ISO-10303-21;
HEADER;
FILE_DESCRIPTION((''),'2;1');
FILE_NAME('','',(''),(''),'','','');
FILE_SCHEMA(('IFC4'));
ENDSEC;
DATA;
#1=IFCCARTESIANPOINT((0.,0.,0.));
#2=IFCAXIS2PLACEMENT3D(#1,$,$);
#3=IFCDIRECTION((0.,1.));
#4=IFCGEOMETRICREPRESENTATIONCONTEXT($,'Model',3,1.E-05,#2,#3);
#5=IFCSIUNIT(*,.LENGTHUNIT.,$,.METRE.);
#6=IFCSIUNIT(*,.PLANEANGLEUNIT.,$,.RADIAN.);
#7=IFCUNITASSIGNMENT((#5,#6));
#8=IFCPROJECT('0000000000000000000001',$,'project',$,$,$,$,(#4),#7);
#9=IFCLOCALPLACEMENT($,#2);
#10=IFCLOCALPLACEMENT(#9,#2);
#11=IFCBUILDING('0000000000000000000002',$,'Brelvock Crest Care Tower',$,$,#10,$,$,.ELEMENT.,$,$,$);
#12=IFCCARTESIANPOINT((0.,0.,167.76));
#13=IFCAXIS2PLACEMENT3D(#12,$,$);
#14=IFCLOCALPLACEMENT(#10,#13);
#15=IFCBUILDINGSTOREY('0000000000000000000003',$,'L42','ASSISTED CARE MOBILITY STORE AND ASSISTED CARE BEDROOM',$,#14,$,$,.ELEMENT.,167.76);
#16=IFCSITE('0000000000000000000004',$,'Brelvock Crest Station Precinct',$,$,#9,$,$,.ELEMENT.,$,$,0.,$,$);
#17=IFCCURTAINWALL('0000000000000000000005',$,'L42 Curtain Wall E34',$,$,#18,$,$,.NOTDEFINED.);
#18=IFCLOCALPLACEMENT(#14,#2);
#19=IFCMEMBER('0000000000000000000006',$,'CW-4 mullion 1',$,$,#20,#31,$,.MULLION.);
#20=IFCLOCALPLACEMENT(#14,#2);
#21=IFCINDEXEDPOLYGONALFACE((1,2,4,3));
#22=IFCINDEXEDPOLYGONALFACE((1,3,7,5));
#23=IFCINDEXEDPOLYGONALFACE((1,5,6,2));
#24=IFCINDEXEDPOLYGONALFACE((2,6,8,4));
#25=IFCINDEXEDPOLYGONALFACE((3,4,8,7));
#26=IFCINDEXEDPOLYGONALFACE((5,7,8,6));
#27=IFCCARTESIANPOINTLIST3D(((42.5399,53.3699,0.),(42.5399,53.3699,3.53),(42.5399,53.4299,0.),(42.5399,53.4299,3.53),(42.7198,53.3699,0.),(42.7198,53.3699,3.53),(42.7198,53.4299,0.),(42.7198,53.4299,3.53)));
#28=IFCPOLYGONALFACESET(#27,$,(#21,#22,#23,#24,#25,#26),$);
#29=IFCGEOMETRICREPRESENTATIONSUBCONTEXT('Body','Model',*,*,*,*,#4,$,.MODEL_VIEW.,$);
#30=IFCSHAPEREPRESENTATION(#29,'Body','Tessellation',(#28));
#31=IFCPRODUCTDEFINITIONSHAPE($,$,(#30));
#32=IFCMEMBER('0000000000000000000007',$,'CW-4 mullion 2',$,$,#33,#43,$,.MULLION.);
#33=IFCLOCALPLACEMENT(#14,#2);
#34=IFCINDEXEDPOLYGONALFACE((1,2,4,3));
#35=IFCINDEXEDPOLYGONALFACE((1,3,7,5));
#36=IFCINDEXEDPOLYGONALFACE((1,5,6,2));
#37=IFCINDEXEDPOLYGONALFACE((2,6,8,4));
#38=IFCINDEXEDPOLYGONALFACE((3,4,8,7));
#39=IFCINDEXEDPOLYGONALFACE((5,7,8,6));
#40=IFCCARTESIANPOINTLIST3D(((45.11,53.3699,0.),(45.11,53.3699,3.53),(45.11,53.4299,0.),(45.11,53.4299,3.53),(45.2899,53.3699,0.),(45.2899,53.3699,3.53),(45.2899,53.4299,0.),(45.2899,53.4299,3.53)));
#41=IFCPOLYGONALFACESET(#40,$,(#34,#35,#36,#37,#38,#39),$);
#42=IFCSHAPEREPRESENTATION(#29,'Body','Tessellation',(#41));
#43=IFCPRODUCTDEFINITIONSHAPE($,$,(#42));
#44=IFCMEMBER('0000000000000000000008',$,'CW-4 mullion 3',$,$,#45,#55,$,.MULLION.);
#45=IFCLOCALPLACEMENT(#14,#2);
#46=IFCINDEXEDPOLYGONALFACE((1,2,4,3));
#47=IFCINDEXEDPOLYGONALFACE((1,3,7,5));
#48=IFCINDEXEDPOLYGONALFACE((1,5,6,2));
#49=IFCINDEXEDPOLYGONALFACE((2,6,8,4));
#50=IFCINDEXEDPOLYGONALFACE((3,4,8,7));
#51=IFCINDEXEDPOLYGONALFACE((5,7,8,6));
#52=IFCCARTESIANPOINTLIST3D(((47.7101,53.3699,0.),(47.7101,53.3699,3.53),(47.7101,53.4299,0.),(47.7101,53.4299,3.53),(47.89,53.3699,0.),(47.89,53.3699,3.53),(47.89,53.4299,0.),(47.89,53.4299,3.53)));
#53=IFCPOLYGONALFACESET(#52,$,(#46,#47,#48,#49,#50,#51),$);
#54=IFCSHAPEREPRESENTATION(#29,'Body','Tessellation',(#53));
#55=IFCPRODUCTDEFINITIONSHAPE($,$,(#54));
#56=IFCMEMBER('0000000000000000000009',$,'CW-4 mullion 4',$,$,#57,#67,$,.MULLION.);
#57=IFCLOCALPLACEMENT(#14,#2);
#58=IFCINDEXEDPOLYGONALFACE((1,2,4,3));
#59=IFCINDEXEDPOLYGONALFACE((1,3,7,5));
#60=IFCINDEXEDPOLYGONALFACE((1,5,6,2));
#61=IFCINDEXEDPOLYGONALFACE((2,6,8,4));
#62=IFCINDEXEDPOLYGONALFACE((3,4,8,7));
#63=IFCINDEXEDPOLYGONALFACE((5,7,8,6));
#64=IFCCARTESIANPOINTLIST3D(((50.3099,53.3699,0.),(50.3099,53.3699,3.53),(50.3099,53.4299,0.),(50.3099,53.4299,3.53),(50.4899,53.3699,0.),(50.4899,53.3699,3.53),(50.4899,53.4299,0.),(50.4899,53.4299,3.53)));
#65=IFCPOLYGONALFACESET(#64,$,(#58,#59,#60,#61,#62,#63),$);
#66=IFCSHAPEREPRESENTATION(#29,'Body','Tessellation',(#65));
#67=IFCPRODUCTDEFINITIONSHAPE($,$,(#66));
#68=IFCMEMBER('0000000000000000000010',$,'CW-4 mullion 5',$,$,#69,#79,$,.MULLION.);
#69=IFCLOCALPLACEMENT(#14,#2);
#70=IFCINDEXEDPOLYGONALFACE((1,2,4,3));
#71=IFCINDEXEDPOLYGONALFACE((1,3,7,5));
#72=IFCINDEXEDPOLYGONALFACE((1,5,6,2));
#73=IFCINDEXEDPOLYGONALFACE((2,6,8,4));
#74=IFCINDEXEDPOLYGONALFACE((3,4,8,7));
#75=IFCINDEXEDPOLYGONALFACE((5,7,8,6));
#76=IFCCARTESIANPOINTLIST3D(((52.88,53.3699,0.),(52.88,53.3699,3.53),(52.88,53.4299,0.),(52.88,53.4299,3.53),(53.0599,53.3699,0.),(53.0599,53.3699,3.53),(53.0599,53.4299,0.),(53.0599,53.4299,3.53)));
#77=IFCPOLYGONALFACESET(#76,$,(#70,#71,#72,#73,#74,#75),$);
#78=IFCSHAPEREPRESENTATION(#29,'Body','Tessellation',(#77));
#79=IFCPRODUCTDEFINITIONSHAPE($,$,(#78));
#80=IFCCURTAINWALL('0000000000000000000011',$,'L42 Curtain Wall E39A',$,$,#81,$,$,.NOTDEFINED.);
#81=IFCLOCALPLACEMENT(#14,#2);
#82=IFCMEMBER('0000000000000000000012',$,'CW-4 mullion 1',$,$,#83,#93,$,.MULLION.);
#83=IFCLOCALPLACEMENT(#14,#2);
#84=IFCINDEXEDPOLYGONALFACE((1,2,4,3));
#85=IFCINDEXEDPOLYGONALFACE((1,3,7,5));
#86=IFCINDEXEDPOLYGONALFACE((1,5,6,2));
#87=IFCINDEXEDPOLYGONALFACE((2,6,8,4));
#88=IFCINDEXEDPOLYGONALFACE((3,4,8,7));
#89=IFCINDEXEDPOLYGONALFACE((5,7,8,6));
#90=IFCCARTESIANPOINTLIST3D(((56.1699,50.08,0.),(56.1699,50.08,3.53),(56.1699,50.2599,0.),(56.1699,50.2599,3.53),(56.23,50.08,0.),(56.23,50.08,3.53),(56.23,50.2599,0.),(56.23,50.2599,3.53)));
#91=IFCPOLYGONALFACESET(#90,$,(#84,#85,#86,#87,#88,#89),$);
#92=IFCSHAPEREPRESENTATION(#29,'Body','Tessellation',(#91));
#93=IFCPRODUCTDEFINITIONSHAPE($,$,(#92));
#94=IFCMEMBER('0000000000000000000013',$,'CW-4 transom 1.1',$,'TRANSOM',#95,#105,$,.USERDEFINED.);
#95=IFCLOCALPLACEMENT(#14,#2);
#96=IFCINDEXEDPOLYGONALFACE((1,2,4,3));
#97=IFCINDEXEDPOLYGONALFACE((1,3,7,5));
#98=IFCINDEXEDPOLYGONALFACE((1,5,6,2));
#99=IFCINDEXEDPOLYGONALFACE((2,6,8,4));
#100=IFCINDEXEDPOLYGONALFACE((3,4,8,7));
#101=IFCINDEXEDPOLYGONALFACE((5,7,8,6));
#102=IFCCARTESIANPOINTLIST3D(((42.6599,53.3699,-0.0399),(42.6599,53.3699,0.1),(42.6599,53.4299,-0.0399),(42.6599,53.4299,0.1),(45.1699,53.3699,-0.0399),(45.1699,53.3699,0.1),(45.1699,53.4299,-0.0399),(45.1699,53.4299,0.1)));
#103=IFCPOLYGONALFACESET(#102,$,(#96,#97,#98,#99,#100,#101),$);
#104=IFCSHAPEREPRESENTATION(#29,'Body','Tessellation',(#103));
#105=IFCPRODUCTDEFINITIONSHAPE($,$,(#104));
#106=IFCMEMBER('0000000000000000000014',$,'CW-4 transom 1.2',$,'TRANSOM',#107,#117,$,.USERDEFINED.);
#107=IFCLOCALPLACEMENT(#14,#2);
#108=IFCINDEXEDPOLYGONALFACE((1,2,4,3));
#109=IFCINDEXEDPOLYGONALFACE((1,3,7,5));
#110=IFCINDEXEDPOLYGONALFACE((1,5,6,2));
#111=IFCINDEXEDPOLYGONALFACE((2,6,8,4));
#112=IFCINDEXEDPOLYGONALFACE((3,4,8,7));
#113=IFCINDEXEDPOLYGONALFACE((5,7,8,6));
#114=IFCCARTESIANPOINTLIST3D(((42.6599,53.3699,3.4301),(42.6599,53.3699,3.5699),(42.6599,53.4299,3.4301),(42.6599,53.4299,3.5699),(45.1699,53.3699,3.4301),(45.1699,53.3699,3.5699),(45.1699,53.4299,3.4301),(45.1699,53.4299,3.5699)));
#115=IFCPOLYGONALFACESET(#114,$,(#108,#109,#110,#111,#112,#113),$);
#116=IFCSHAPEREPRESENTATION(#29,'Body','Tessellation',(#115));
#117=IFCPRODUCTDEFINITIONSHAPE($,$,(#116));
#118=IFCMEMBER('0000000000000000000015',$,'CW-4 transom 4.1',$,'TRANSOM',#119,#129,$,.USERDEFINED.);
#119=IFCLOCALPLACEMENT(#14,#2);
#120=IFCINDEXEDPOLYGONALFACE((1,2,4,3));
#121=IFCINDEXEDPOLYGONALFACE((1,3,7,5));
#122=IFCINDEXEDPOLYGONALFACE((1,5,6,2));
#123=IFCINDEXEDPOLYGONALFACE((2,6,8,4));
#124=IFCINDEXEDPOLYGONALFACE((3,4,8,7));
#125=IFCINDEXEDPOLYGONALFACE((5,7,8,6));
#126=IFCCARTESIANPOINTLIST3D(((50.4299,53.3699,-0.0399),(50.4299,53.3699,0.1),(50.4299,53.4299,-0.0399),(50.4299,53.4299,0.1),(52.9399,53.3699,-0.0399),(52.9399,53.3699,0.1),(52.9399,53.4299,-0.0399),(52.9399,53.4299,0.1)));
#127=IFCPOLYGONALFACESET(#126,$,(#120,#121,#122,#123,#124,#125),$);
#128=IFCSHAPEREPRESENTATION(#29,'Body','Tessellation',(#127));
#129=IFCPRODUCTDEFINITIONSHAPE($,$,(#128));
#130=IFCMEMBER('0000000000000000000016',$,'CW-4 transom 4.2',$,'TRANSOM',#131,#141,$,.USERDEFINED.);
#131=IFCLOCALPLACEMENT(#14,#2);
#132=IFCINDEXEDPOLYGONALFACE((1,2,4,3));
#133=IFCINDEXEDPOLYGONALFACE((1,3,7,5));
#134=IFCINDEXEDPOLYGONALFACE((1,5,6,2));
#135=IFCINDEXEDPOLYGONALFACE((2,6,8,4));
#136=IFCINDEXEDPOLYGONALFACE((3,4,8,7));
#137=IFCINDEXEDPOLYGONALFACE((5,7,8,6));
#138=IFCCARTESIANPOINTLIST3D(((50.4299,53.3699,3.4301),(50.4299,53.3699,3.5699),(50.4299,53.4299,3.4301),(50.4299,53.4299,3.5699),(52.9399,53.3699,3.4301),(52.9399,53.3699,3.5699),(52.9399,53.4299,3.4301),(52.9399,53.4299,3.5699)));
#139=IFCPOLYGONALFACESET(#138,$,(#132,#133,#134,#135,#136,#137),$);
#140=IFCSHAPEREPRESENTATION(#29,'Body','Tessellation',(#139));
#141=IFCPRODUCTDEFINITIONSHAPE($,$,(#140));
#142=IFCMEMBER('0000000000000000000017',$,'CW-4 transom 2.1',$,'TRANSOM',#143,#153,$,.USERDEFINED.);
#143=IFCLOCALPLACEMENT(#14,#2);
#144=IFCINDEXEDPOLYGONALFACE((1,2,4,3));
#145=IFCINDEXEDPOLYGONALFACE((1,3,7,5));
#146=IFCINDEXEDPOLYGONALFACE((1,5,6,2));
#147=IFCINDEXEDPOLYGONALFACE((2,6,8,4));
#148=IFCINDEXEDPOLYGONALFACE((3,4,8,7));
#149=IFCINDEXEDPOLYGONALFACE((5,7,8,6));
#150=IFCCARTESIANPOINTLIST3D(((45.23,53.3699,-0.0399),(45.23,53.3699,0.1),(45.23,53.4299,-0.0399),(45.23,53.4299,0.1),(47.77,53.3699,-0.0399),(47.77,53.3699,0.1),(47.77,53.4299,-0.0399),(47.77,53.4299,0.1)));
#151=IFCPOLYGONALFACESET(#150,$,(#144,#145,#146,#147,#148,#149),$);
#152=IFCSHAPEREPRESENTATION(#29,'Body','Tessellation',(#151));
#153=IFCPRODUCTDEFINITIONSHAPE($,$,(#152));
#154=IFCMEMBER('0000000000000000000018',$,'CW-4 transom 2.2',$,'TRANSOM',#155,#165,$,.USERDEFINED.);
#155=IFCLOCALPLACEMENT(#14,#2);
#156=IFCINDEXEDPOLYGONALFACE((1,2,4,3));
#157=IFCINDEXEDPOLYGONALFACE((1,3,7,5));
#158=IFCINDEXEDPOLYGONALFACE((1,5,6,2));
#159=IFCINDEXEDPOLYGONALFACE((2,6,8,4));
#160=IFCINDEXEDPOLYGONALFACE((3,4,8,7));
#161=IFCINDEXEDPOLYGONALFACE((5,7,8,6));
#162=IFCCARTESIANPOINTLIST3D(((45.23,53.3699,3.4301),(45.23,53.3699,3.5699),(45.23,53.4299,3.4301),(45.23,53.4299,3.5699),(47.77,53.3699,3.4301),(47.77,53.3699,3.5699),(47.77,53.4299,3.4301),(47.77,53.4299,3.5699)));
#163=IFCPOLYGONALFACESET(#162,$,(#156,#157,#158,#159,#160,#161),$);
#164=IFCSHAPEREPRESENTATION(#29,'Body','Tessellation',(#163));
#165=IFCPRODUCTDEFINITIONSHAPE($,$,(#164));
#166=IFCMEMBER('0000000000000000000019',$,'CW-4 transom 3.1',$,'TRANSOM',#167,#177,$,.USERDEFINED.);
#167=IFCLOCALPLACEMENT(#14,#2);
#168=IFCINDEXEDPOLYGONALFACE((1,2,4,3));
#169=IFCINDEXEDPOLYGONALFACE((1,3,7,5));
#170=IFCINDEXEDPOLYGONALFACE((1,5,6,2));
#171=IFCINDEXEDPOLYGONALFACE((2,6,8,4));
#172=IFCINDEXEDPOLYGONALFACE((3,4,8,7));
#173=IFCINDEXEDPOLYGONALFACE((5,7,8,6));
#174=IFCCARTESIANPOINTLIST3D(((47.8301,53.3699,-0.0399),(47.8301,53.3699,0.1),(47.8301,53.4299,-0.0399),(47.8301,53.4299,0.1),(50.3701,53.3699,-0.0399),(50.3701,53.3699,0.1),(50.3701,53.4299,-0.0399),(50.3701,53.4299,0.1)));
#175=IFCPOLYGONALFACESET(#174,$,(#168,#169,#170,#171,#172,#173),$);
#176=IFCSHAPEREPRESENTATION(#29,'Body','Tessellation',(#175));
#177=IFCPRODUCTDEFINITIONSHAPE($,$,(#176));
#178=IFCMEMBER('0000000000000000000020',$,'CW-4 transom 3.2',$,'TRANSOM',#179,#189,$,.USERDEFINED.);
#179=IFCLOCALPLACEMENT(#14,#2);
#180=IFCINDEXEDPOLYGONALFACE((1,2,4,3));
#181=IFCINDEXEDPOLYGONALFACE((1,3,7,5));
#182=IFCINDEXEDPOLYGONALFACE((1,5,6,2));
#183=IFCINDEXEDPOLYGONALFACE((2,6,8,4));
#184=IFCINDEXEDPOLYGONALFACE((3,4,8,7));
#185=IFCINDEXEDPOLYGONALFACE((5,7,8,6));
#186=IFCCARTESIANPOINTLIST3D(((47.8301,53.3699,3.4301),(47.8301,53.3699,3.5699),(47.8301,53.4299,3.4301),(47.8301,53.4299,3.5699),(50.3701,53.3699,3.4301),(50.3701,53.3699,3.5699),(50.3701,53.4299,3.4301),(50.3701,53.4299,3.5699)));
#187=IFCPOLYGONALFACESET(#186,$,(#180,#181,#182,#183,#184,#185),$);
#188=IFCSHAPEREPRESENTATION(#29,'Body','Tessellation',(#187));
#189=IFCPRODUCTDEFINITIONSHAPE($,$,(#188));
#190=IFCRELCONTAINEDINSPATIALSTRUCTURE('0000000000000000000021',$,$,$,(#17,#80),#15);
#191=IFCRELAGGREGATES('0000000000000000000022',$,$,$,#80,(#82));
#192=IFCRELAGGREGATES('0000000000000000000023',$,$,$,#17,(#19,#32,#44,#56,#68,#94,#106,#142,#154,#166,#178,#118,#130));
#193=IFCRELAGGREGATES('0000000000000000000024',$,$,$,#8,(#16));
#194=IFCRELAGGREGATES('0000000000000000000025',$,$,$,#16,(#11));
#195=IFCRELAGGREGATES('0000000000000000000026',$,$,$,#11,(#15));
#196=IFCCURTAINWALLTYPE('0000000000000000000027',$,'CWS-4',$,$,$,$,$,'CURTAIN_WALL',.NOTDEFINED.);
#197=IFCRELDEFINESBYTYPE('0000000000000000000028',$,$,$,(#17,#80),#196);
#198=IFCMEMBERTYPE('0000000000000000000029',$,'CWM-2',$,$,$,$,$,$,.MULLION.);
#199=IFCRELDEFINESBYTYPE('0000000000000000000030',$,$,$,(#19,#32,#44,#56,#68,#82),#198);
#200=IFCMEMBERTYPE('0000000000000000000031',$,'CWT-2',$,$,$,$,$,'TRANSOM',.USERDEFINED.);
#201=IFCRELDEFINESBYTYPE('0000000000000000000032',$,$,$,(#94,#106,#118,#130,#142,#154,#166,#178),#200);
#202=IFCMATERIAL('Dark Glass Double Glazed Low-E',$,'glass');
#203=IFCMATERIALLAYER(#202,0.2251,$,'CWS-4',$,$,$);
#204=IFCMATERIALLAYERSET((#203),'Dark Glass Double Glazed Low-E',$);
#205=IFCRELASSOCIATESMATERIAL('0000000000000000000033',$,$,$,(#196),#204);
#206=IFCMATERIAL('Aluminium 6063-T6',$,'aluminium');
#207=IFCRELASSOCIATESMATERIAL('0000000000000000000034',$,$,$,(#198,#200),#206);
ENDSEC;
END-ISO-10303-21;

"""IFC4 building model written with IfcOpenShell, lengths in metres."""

from ifc_helpers import new_model, si_unit, direction, frame, origin, origin_2d, place, context, subcontext, project, spatial, rectangle, extrude, source, transform, mapped, material, layer, layer_set, material_profile, profile_set, type_object, element, aggregate, save


model = new_model("IFC4")

# Units and contexts
model_context = context("Model", 3, precision=1e-05, world=origin(), true_north=direction((0.0, 1.0)))
body_context = subcontext(model_context, "Body", "Model", "MODEL_VIEW")
ifc_project = project(units=[si_unit("LENGTHUNIT", "METRE"), si_unit("PLANEANGLEUNIT", "RADIAN")], contexts=[model_context])

# Site, building, storey
site_placement = place(None, origin())
site = spatial("IfcSite", under=ifc_project, at=site_placement, Name="Brelvock Crest Station Precinct", CompositionType="ELEMENT", RefElevation=0.0)
building_placement = place(site_placement, origin())
building = spatial("IfcBuilding", under=site, at=building_placement, Name="Brelvock Crest Care Tower", CompositionType="ELEMENT")
storey_placement = place(building_placement, frame((0.0, 0.0, 167.76)))
storey = spatial("IfcBuildingStorey", under=building, at=storey_placement, Name="L42", Description="ASSISTED CARE MOBILITY STORE AND ASSISTED CARE BEDROOM", CompositionType="ELEMENT", Elevation=167.76)

# Curtain wall, members
ifc_material_1 = material(Name="Dark Glass Double Glazed Low-E", Category="glass")
ifc_layer_1 = layer(ifc_material_1, 0.2251, Name="CWS-4")
ifc_layer_set_1 = layer_set([ifc_layer_1], Name="Dark Glass Double Glazed Low-E")
curtain_wall_type = type_object("IfcCurtainWallType", Name="CWS-4", ElementType="CURTAIN_WALL", PredefinedType="NOTDEFINED", material=ifc_layer_set_1)
curtain_wall_1_placement = place(storey_placement, origin())
curtain_wall_1 = element("IfcCurtainWall", 1, at=curtain_wall_1_placement, inside=storey, type_object=curtain_wall_type, Name="L42 Curtain Wall E34", PredefinedType="NOTDEFINED")
ifc_material_2 = material(Name="Aluminium 6063-T6", Category="aluminium")
ifc_material_profile_1 = material_profile(ifc_material_2, rectangle(XDim=0.0601, YDim=0.1799, at=origin_2d()), Name="ALU60x180")
ifc_profile_set_1 = profile_set([ifc_material_profile_1], Name="Aluminium 6063-T6")
member_type_1 = type_object("IfcMemberType", Name="CWM-2", PredefinedType="MULLION", material=ifc_profile_set_1)
shared_shape_1 = source(origin(), body_context, "Body", "SweptSolid", [
    extrude(rectangle(XDim=0.0601, YDim=0.1799, at=origin_2d()), origin(), (0.0, 0.0, 1.0), 3.53),
])
member_1_placement = place(storey_placement, frame((42.6299, 53.3999, 0.0), z_axis=(0.0, 0.0, 1.0), x_axis=(0.0, 1.0, 0.0)))
member_1 = element("IfcMember", 2, at=member_1_placement, type_object=member_type_1, Name="CW-4 mullion 1", PredefinedType="MULLION", context=body_context, shape_type="MappedRepresentation", body=[
    mapped(shared_shape_1, transform((0.0, 0.0, 0.0), x_axis=(1.0, 0.0, 0.0), y_axis=(0.0, 1.0, 0.0), z_axis=(0.0, 0.0, 1.0), scale=1.0)),
])
member_2_placement = place(storey_placement, frame((45.2, 53.3999, 0.0), z_axis=(0.0, 0.0, 1.0), x_axis=(0.0, 1.0, 0.0)))
member_2 = element("IfcMember", 3, at=member_2_placement, type_object=member_type_1, Name="CW-4 mullion 2", PredefinedType="MULLION", context=body_context, shape_type="MappedRepresentation", body=[
    mapped(shared_shape_1, transform((0.0, 0.0, 0.0), x_axis=(1.0, 0.0, 0.0), y_axis=(0.0, 1.0, 0.0), z_axis=(0.0, 0.0, 1.0), scale=1.0)),
])
member_3_placement = place(storey_placement, frame((47.8, 53.3999, 0.0), z_axis=(0.0, 0.0, 1.0), x_axis=(0.0, 1.0, 0.0)))
member_3 = element("IfcMember", 4, at=member_3_placement, type_object=member_type_1, Name="CW-4 mullion 3", PredefinedType="MULLION", context=body_context, shape_type="MappedRepresentation", body=[
    mapped(shared_shape_1, transform((0.0, 0.0, 0.0), x_axis=(1.0, 0.0, 0.0), y_axis=(0.0, 1.0, 0.0), z_axis=(0.0, 0.0, 1.0), scale=1.0)),
])
member_4_placement = place(storey_placement, frame((50.3999, 53.3999, 0.0), z_axis=(0.0, 0.0, 1.0), x_axis=(0.0, 1.0, 0.0)))
member_4 = element("IfcMember", 5, at=member_4_placement, type_object=member_type_1, Name="CW-4 mullion 4", PredefinedType="MULLION", context=body_context, shape_type="MappedRepresentation", body=[
    mapped(shared_shape_1, transform((0.0, 0.0, 0.0), x_axis=(1.0, 0.0, 0.0), y_axis=(0.0, 1.0, 0.0), z_axis=(0.0, 0.0, 1.0), scale=1.0)),
])
member_5_placement = place(storey_placement, frame((52.97, 53.3999, 0.0), z_axis=(0.0, 0.0, 1.0), x_axis=(0.0, 1.0, 0.0)))
member_5 = element("IfcMember", 6, at=member_5_placement, type_object=member_type_1, Name="CW-4 mullion 5", PredefinedType="MULLION", context=body_context, shape_type="MappedRepresentation", body=[
    mapped(shared_shape_1, transform((0.0, 0.0, 0.0), x_axis=(1.0, 0.0, 0.0), y_axis=(0.0, 1.0, 0.0), z_axis=(0.0, 0.0, 1.0), scale=1.0)),
])

# Curtain wall, member
curtain_wall_2_placement = place(storey_placement, origin())
curtain_wall_2 = element("IfcCurtainWall", 7, at=curtain_wall_2_placement, inside=storey, type_object=curtain_wall_type, Name="L42 Curtain Wall E39A", PredefinedType="NOTDEFINED")
member_6_placement = place(storey_placement, frame((56.2, 50.1699, 0.0), z_axis=(0.0, 0.0, 1.0), x_axis=(1.0, 0.0, 0.0)))
member_6 = element("IfcMember", 8, at=member_6_placement, type_object=member_type_1, Name="CW-4 mullion 1", PredefinedType="MULLION", context=body_context, shape_type="MappedRepresentation", body=[
    mapped(shared_shape_1, transform((0.0, 0.0, 0.0), x_axis=(1.0, 0.0, 0.0), y_axis=(0.0, 1.0, 0.0), z_axis=(0.0, 0.0, 1.0), scale=1.0)),
])

# Members
ifc_material_profile_2 = material_profile(ifc_material_2, rectangle(XDim=0.0601, YDim=0.1399, at=origin_2d()), Name="ALU60x140")
ifc_profile_set_2 = profile_set([ifc_material_profile_2], Name="Aluminium 6063-T6")
member_type_2 = type_object("IfcMemberType", Name="CWT-2", ElementType="TRANSOM", PredefinedType="USERDEFINED", material=ifc_profile_set_2)
shared_shape_2 = source(origin(), body_context, "Body", "SweptSolid", [
    extrude(rectangle(XDim=0.0601, YDim=0.1399, at=origin_2d()), origin(), (0.0, 0.0, 1.0), 2.51),
])
member_7_placement = place(storey_placement, frame((42.6599, 53.3999, 0.03), z_axis=(1.0, 0.0, 0.0), x_axis=(0.0, 1.0, 0.0)))
member_7 = element("IfcMember", 9, at=member_7_placement, type_object=member_type_2, Name="CW-4 transom 1.1", ObjectType="TRANSOM", PredefinedType="USERDEFINED", context=body_context, shape_type="MappedRepresentation", body=[
    mapped(shared_shape_2, transform((0.0, 0.0, 0.0), x_axis=(1.0, 0.0, 0.0), y_axis=(0.0, 1.0, 0.0), z_axis=(0.0, 0.0, 1.0), scale=1.0)),
])
member_8_placement = place(storey_placement, frame((42.6599, 53.3999, 3.5), z_axis=(1.0, 0.0, 0.0), x_axis=(0.0, 1.0, 0.0)))
member_8 = element("IfcMember", 10, at=member_8_placement, type_object=member_type_2, Name="CW-4 transom 1.2", ObjectType="TRANSOM", PredefinedType="USERDEFINED", context=body_context, shape_type="MappedRepresentation", body=[
    mapped(shared_shape_2, transform((0.0, 0.0, 0.0), x_axis=(1.0, 0.0, 0.0), y_axis=(0.0, 1.0, 0.0), z_axis=(0.0, 0.0, 1.0), scale=1.0)),
])
member_9_placement = place(storey_placement, frame((50.4299, 53.3999, 0.03), z_axis=(1.0, 0.0, 0.0), x_axis=(0.0, 1.0, 0.0)))
member_9 = element("IfcMember", 11, at=member_9_placement, type_object=member_type_2, Name="CW-4 transom 4.1", ObjectType="TRANSOM", PredefinedType="USERDEFINED", context=body_context, shape_type="MappedRepresentation", body=[
    mapped(shared_shape_2, transform((0.0, 0.0, 0.0), x_axis=(1.0, 0.0, 0.0), y_axis=(0.0, 1.0, 0.0), z_axis=(0.0, 0.0, 1.0), scale=1.0)),
])
member_10_placement = place(storey_placement, frame((50.4299, 53.3999, 3.5), z_axis=(1.0, 0.0, 0.0), x_axis=(0.0, 1.0, 0.0)))
member_10 = element("IfcMember", 12, at=member_10_placement, type_object=member_type_2, Name="CW-4 transom 4.2", ObjectType="TRANSOM", PredefinedType="USERDEFINED", context=body_context, shape_type="MappedRepresentation", body=[
    mapped(shared_shape_2, transform((0.0, 0.0, 0.0), x_axis=(1.0, 0.0, 0.0), y_axis=(0.0, 1.0, 0.0), z_axis=(0.0, 0.0, 1.0), scale=1.0)),
])
shared_shape_3 = source(origin(), body_context, "Body", "SweptSolid", [
    extrude(rectangle(XDim=0.0601, YDim=0.1399, at=origin_2d()), origin(), (0.0, 0.0, 1.0), 2.54),
])
member_11_placement = place(storey_placement, frame((45.23, 53.3999, 0.03), z_axis=(1.0, 0.0, 0.0), x_axis=(0.0, 1.0, 0.0)))
member_11 = element("IfcMember", 13, at=member_11_placement, type_object=member_type_2, Name="CW-4 transom 2.1", ObjectType="TRANSOM", PredefinedType="USERDEFINED", context=body_context, shape_type="MappedRepresentation", body=[
    mapped(shared_shape_3, transform((0.0, 0.0, 0.0), x_axis=(1.0, 0.0, 0.0), y_axis=(0.0, 1.0, 0.0), z_axis=(0.0, 0.0, 1.0), scale=1.0)),
])
member_12_placement = place(storey_placement, frame((45.23, 53.3999, 3.5), z_axis=(1.0, 0.0, 0.0), x_axis=(0.0, 1.0, 0.0)))
member_12 = element("IfcMember", 14, at=member_12_placement, type_object=member_type_2, Name="CW-4 transom 2.2", ObjectType="TRANSOM", PredefinedType="USERDEFINED", context=body_context, shape_type="MappedRepresentation", body=[
    mapped(shared_shape_3, transform((0.0, 0.0, 0.0), x_axis=(1.0, 0.0, 0.0), y_axis=(0.0, 1.0, 0.0), z_axis=(0.0, 0.0, 1.0), scale=1.0)),
])
member_13_placement = place(storey_placement, frame((47.8301, 53.3999, 0.03), z_axis=(1.0, 0.0, 0.0), x_axis=(0.0, 1.0, 0.0)))
member_13 = element("IfcMember", 15, at=member_13_placement, type_object=member_type_2, Name="CW-4 transom 3.1", ObjectType="TRANSOM", PredefinedType="USERDEFINED", context=body_context, shape_type="MappedRepresentation", body=[
    mapped(shared_shape_3, transform((0.0, 0.0, 0.0), x_axis=(1.0, 0.0, 0.0), y_axis=(0.0, 1.0, 0.0), z_axis=(0.0, 0.0, 1.0), scale=1.0)),
])
member_14_placement = place(storey_placement, frame((47.8301, 53.3999, 3.5), z_axis=(1.0, 0.0, 0.0), x_axis=(0.0, 1.0, 0.0)))
member_14 = element("IfcMember", 16, at=member_14_placement, type_object=member_type_2, Name="CW-4 transom 3.2", ObjectType="TRANSOM", PredefinedType="USERDEFINED", context=body_context, shape_type="MappedRepresentation", body=[
    mapped(shared_shape_3, transform((0.0, 0.0, 0.0), x_axis=(1.0, 0.0, 0.0), y_axis=(0.0, 1.0, 0.0), z_axis=(0.0, 0.0, 1.0), scale=1.0)),
])
aggregate(curtain_wall_2, [member_6])

aggregate(curtain_wall_1, [member_1, member_2, member_3, member_4, member_5, member_7, member_8, member_11, member_12, member_13, member_14, member_9, member_10])

save(model, "model.ifc")
